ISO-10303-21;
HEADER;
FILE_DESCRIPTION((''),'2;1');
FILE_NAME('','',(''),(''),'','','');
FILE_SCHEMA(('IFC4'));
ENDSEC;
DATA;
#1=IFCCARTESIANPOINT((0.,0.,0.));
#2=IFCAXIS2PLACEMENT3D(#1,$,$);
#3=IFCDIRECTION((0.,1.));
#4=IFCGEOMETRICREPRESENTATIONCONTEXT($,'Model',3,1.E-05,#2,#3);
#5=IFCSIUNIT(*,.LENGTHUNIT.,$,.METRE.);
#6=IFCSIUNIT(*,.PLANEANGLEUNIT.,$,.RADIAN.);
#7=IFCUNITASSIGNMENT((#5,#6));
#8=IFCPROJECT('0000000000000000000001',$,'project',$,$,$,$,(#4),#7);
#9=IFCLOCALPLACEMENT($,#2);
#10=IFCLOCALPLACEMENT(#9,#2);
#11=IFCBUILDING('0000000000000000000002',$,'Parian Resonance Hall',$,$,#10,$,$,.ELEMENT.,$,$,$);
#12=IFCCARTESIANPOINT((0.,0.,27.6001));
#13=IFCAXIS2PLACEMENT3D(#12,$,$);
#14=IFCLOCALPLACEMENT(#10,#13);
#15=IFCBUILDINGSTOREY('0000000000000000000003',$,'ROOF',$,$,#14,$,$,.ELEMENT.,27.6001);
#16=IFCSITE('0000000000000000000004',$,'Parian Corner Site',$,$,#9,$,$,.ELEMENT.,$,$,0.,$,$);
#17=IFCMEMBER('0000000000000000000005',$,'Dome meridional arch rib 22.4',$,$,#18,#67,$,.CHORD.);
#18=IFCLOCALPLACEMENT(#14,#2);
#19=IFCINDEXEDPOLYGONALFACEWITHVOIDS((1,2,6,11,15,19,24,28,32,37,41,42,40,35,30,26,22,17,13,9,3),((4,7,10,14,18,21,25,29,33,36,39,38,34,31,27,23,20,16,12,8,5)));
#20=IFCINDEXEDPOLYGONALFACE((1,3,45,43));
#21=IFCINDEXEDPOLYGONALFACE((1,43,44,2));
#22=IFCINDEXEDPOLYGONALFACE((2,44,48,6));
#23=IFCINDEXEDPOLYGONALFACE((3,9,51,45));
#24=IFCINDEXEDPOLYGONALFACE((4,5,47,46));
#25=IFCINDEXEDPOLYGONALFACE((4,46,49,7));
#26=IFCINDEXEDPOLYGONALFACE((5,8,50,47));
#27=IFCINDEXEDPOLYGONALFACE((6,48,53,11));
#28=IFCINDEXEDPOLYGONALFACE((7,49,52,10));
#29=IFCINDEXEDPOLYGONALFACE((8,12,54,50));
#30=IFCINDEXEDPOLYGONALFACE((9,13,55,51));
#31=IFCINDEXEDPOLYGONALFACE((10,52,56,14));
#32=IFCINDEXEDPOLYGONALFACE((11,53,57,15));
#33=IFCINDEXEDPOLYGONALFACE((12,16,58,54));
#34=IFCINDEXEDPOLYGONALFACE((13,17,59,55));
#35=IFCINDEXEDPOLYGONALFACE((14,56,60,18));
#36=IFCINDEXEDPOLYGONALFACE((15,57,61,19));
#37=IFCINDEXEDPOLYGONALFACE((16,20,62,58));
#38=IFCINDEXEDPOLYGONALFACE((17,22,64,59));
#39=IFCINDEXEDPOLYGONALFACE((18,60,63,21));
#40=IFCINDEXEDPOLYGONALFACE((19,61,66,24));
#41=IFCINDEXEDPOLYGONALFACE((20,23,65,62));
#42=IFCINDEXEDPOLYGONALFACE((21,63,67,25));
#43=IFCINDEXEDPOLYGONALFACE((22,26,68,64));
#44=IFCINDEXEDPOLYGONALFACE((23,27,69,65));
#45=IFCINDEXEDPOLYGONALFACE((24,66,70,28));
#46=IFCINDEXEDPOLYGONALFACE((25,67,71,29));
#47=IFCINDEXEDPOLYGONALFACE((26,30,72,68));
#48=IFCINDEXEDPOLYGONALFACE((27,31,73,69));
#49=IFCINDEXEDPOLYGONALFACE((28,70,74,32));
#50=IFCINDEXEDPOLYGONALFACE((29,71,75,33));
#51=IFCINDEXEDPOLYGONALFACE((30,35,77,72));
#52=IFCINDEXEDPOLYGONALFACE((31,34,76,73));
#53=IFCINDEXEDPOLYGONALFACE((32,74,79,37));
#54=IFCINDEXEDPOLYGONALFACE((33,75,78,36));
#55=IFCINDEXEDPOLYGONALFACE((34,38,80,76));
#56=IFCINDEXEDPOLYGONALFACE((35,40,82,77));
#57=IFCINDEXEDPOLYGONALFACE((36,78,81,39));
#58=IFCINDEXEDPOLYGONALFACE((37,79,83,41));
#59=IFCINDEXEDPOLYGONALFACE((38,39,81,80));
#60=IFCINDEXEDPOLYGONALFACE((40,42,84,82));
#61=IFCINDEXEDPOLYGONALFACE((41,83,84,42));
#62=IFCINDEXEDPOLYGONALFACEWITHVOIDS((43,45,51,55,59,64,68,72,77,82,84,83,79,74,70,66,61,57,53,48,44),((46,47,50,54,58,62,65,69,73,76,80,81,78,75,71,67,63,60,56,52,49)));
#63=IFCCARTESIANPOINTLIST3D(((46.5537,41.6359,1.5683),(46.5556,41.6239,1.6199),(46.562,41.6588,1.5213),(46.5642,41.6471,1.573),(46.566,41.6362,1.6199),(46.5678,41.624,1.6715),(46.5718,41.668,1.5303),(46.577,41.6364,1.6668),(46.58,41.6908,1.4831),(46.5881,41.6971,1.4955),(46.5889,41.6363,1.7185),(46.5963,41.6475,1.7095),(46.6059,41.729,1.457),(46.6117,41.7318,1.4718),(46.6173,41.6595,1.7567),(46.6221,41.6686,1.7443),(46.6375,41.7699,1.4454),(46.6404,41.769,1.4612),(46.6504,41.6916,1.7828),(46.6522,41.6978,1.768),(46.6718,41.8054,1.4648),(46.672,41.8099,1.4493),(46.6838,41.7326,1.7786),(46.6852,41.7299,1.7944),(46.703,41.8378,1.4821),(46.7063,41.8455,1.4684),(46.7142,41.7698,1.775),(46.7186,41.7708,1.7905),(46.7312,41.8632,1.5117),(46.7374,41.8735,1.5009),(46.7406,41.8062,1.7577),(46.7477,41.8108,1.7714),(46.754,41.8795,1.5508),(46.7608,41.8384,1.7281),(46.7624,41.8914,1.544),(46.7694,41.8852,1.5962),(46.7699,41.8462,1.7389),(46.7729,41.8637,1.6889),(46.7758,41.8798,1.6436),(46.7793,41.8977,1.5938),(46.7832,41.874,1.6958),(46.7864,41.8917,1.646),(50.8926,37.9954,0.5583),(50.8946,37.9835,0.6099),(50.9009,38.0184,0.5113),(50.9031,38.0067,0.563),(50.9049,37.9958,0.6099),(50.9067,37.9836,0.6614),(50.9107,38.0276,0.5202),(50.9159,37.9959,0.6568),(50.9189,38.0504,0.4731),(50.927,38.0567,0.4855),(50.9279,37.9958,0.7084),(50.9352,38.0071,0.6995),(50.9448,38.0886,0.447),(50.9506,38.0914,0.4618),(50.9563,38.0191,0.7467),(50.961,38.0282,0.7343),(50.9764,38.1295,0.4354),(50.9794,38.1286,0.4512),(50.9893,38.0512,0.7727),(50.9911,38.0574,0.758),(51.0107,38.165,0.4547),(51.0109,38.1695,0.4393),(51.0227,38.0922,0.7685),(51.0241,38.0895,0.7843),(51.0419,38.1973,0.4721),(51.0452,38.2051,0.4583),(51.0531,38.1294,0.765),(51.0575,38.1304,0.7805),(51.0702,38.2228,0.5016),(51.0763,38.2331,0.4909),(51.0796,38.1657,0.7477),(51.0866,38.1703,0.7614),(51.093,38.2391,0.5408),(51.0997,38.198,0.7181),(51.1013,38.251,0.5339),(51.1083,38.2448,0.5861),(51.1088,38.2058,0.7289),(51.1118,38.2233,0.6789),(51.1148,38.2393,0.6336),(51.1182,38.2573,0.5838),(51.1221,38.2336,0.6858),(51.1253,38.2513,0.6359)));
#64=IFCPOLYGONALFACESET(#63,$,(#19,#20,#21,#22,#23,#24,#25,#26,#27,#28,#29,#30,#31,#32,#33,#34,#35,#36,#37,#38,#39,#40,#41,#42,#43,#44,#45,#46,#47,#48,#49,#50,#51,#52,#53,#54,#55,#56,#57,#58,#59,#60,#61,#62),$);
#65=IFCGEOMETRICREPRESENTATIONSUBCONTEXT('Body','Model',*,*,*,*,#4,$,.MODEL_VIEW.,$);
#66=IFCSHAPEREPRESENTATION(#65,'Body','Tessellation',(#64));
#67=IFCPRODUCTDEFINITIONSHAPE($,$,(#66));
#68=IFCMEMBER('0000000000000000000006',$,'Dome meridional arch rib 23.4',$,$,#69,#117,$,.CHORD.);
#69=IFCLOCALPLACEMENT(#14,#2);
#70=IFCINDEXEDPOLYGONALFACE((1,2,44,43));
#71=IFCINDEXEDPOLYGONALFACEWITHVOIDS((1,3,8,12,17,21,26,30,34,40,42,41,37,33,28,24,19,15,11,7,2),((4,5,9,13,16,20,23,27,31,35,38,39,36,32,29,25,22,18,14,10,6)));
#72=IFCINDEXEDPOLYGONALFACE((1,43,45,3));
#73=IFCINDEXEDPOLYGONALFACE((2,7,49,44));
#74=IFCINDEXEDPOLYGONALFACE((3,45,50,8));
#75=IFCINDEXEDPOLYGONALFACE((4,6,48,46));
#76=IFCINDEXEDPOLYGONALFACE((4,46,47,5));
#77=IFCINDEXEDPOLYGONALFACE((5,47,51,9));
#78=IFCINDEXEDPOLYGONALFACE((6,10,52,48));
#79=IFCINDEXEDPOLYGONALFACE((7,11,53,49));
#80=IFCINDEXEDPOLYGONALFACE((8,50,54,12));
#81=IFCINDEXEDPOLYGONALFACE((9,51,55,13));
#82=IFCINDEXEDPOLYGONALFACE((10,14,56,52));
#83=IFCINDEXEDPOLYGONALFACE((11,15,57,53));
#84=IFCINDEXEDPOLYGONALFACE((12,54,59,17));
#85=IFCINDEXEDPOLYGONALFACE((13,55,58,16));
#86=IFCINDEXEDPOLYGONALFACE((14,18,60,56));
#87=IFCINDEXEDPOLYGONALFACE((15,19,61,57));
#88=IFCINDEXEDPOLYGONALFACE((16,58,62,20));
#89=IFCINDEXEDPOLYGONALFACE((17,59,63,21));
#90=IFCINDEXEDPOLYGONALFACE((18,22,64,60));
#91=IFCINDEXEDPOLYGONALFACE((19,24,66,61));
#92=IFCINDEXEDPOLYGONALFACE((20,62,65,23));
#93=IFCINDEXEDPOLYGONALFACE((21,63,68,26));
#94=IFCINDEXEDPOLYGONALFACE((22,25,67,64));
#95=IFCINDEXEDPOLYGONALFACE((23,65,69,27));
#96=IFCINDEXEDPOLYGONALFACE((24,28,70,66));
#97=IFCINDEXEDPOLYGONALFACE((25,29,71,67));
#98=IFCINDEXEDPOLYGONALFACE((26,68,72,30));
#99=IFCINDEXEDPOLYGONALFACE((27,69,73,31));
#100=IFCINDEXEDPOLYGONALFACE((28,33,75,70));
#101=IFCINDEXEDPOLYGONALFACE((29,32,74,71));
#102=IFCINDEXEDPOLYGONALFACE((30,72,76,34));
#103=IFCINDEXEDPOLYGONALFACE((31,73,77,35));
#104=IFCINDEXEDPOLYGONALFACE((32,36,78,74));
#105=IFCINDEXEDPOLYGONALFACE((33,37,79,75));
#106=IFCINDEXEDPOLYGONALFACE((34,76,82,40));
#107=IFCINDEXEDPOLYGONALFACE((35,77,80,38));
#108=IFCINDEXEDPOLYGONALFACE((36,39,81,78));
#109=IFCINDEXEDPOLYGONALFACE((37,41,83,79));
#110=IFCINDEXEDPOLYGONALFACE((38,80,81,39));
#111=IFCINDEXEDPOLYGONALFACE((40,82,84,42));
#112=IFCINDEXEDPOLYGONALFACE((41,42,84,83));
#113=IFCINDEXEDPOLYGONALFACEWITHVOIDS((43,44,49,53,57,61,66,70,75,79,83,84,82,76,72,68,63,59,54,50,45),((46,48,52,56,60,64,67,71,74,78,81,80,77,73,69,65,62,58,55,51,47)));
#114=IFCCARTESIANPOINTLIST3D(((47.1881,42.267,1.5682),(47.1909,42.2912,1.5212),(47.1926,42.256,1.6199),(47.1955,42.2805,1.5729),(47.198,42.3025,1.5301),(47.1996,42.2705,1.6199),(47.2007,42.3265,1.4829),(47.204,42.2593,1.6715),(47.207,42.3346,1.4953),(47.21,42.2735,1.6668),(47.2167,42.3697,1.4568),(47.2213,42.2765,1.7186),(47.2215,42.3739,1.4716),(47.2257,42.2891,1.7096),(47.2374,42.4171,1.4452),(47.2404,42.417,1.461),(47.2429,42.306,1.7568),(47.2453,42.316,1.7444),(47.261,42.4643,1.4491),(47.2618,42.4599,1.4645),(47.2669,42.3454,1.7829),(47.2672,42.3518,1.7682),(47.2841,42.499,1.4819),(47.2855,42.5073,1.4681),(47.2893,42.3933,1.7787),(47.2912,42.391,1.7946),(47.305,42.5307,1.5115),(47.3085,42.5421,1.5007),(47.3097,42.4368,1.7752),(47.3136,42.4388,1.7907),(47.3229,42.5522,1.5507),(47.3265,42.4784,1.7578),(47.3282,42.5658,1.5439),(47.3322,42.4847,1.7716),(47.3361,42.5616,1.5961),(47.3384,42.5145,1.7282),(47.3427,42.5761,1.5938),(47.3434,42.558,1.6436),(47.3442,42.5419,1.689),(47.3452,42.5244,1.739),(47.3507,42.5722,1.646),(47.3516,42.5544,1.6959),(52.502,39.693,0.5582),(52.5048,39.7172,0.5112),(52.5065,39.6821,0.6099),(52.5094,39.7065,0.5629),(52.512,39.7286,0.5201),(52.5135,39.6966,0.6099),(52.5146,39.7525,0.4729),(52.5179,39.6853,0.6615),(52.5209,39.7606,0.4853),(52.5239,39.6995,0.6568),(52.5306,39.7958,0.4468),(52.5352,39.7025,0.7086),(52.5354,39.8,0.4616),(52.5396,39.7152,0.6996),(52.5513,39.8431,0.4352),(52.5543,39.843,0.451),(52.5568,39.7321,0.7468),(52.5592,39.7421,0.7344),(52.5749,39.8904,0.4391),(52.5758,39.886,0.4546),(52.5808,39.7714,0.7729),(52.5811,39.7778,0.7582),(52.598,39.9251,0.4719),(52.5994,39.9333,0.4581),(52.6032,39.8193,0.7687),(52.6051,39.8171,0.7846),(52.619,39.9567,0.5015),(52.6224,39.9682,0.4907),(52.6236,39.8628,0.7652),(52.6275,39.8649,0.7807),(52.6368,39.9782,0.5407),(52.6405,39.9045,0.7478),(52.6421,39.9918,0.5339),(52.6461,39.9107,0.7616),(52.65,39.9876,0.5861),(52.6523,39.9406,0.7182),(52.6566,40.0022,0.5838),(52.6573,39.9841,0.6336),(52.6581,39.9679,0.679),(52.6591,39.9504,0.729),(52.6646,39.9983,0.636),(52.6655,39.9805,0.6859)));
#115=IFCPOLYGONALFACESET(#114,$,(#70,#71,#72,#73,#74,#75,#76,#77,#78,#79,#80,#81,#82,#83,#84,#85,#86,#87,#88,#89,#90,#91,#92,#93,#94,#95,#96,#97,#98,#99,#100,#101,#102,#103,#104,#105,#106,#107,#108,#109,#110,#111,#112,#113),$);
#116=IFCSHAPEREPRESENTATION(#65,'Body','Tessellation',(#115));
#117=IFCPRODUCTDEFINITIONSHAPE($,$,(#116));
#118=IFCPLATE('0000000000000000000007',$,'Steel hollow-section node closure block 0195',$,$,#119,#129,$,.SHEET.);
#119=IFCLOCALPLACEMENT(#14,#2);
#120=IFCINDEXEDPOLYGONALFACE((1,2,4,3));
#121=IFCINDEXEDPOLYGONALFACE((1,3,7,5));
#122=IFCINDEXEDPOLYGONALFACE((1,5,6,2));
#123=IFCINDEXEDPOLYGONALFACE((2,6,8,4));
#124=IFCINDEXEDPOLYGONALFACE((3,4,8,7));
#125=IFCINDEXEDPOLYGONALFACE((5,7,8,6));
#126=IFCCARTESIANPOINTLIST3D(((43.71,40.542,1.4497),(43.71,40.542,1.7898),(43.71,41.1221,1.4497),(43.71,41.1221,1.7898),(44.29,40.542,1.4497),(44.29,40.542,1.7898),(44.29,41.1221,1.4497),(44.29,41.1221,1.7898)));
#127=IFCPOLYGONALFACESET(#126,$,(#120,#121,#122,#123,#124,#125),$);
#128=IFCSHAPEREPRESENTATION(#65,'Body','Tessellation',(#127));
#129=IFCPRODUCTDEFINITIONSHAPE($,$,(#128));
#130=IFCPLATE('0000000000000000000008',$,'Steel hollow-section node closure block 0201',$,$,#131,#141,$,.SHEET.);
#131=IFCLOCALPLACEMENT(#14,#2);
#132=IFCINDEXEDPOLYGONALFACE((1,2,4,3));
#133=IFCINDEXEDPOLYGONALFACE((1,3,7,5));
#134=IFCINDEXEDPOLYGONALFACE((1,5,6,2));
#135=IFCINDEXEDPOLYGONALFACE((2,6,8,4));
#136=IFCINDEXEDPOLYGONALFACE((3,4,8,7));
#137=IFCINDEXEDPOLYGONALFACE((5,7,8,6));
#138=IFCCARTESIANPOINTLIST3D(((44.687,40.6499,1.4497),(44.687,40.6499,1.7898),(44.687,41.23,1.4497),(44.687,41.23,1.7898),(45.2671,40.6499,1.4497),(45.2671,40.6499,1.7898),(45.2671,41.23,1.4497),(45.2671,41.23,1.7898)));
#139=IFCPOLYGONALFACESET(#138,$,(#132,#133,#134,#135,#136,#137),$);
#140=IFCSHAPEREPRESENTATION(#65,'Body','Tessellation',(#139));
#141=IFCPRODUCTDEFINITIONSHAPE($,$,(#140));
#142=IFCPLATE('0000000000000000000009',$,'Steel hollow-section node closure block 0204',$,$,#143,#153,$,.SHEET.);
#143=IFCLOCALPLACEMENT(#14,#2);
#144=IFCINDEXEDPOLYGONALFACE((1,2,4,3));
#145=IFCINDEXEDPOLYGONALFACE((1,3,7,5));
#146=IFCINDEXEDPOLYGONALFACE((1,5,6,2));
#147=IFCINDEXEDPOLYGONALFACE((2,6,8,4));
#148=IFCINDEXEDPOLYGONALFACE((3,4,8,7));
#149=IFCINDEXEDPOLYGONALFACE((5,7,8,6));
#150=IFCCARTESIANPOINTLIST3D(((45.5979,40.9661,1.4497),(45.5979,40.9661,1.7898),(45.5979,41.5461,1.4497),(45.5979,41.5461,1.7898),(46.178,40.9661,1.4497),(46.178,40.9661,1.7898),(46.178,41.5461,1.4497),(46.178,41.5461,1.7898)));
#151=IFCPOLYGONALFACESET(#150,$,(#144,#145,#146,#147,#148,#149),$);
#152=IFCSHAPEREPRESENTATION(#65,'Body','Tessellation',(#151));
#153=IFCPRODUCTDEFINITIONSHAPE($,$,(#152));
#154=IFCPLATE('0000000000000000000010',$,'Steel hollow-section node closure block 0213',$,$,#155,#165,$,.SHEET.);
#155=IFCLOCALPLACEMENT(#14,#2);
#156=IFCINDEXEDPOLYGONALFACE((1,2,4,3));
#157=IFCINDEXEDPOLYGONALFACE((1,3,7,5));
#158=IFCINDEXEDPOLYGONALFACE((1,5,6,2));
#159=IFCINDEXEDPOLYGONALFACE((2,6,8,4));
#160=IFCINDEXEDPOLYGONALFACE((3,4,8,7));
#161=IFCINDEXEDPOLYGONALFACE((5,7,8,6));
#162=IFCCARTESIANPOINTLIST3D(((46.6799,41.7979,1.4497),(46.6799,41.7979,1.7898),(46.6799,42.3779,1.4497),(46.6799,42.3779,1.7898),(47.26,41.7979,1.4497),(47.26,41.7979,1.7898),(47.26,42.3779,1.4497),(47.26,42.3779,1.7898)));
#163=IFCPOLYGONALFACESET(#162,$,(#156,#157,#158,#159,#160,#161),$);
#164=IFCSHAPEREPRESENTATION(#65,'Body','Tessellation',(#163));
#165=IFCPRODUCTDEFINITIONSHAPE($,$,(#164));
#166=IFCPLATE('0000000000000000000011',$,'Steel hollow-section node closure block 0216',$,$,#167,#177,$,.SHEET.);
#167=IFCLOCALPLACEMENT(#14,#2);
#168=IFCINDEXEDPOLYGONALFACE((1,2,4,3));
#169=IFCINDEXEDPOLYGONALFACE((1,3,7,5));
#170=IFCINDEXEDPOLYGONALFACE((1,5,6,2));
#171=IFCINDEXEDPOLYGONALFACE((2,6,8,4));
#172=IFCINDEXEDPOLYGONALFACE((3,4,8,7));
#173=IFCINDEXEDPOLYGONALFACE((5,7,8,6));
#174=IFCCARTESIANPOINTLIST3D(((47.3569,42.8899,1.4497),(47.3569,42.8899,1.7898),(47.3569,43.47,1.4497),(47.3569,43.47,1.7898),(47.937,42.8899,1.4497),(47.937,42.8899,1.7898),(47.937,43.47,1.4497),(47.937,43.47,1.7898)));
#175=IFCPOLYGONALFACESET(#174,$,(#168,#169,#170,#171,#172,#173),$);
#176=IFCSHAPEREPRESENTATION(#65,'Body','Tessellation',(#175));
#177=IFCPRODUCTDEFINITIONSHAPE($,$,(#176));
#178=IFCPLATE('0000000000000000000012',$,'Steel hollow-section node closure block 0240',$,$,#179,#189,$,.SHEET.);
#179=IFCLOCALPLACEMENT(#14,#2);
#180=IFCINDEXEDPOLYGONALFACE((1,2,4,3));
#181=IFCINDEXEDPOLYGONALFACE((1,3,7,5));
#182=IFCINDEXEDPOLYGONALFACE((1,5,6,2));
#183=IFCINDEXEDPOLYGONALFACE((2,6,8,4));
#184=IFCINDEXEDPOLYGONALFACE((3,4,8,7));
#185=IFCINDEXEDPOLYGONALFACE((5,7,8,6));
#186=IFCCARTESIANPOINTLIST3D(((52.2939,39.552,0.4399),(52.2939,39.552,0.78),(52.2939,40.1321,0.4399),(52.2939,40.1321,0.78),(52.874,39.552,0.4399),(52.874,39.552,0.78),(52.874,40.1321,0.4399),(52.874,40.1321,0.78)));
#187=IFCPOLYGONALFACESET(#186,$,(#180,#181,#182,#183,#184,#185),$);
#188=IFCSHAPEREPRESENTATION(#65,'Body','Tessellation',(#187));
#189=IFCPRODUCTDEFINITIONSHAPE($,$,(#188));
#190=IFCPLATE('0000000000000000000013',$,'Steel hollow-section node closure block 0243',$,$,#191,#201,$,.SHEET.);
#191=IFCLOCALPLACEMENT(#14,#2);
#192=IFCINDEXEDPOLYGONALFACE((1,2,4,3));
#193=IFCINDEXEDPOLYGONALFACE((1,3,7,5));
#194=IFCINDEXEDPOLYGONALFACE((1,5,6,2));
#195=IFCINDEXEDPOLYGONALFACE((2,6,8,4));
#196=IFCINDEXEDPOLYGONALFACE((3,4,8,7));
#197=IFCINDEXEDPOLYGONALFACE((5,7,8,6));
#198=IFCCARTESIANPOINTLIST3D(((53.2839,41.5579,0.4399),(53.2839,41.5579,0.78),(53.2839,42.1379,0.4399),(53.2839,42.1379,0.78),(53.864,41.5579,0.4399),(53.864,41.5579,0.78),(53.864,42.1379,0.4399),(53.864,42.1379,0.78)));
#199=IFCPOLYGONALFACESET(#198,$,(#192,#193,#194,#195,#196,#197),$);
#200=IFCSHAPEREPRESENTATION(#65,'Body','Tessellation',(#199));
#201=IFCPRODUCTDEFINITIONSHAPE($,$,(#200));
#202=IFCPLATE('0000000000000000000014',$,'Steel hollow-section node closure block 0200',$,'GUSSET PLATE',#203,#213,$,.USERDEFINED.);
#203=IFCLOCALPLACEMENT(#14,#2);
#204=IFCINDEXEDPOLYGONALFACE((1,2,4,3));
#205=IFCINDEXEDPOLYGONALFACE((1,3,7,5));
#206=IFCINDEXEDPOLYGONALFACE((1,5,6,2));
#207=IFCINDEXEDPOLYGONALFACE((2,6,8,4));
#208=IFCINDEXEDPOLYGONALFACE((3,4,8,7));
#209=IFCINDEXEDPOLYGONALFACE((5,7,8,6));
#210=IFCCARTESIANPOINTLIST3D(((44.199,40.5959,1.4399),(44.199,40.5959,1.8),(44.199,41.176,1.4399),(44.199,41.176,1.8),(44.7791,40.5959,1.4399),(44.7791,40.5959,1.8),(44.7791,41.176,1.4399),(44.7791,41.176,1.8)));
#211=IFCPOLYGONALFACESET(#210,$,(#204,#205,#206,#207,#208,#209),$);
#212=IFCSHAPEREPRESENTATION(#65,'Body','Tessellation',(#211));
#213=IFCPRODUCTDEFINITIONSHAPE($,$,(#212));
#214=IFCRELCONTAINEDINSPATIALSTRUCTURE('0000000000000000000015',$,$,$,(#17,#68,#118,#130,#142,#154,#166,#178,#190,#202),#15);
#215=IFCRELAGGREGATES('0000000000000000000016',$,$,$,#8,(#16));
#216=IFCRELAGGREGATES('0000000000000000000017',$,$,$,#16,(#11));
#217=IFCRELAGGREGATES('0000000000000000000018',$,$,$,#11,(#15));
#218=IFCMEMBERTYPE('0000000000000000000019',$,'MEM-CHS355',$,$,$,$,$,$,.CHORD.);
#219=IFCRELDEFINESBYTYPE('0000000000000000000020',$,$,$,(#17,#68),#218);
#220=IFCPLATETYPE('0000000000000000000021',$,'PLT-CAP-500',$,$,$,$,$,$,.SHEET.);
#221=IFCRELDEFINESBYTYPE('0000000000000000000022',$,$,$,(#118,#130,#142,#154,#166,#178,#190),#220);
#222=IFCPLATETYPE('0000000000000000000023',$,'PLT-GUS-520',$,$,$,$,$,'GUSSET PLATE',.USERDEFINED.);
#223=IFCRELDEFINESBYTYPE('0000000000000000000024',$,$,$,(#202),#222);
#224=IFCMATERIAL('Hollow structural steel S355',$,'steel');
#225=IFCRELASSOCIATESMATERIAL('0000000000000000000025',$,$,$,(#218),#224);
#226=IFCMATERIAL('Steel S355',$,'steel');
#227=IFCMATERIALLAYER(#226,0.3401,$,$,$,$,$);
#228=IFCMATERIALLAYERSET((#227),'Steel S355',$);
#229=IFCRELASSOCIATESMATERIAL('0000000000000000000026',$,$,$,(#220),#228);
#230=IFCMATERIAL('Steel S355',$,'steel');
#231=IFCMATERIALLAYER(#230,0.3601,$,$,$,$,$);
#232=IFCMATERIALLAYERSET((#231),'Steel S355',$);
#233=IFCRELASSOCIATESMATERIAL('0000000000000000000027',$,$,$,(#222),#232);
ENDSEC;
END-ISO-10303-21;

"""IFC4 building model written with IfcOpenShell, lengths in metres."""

from ifc_helpers import new_model, si_unit, direction, frame, origin, origin_2d, place, context, subcontext, project, spatial, rectangle, hollow_circle, extrude, material, layer, layer_set, material_profile, profile_set, type_object, element, save


model = new_model("IFC4")

# Units and contexts
model_context = context("Model", 3, precision=1e-05, world=origin(), true_north=direction((0.0, 1.0)))
body_context = subcontext(model_context, "Body", "Model", "MODEL_VIEW")
ifc_project = project(units=[si_unit("LENGTHUNIT", "METRE"), si_unit("PLANEANGLEUNIT", "RADIAN")], contexts=[model_context])

# Site, building, storey
site_placement = place(None, origin())
site = spatial("IfcSite", under=ifc_project, at=site_placement, Name="Parian Corner Site", CompositionType="ELEMENT", RefElevation=0.0)
building_placement = place(site_placement, origin())
building = spatial("IfcBuilding", under=site, at=building_placement, Name="Parian Resonance Hall", CompositionType="ELEMENT")
storey_placement = place(building_placement, frame((0.0, 0.0, 27.6001)))
storey = spatial("IfcBuildingStorey", under=building, at=storey_placement, Name="ROOF", CompositionType="ELEMENT", Elevation=27.6001)

# Members
ifc_material_1 = material(Name="Hollow structural steel S355", Category="steel")
ifc_material_profile_1 = material_profile(ifc_material_1, hollow_circle(Radius=0.1777, WallThickness=0.0161, at=origin_2d()), Name="CHS355.6x16")
ifc_profile_set_1 = profile_set([ifc_material_profile_1], Name="Hollow structural steel S355")
member_type_1 = type_object("IfcMemberType", Name="MEM-CHS355", PredefinedType="CHORD", material=ifc_profile_set_1)
member_1_placement = place(storey_placement, frame((51.0088, 38.1196, 0.6099), z_axis=(-0.754178, 0.632768, 0.175559), x_axis=(-0.64275, -0.766076, 0.0)))
element("IfcMember", 1, at=member_1_placement, inside=storey, type_object=member_type_1, Name="Dome meridional arch rib 22.4", PredefinedType="CHORD", context=body_context, shape_type="SweptSolid", body=[
    extrude(hollow_circle(Radius=0.1777, WallThickness=0.0161, at=origin_2d()), origin(), (0.0, 0.0, 1.0), 5.7532),
])
member_2_placement = place(storey_placement, frame((52.584, 39.842, 0.6099), z_axis=(-0.887095, 0.42969, 0.168608), x_axis=(-0.435932, -0.89998, 0.0)))
element("IfcMember", 2, at=member_2_placement, inside=storey, type_object=member_type_1, Name="Dome meridional arch rib 23.4", PredefinedType="CHORD", context=body_context, shape_type="SweptSolid", body=[
    extrude(hollow_circle(Radius=0.1777, WallThickness=0.0161, at=origin_2d()), origin(), (0.0, 0.0, 1.0), 5.9902),
])

# Plates
ifc_material_2 = material(Name="Steel S355", Category="steel")
ifc_layer_1 = layer(ifc_material_2, 0.3401)
ifc_layer_set_1 = layer_set([ifc_layer_1], Name="Steel S355")
plate_type_1 = type_object("IfcPlateType", Name="PLT-CAP-500", PredefinedType="SHEET", material=ifc_layer_set_1)
for number, where, z_axis, x_axis, name in (
    (3, (44.0, 40.832, 1.4497), (0.0, 0.0, 1.0), (1.0, 0.0, 0.0), "Steel hollow-section node closure block 0195"),
    (4, (44.9771, 40.9399, 1.4497), (0.0, 0.0, 1.0), (1.0, 0.0, 0.0), "Steel hollow-section node closure block 0201"),
    (5, (45.8879, 41.2561, 1.4497), (0.0, 0.0, 1.0), (1.0, 0.0, 0.0), "Steel hollow-section node closure block 0204"),
    (6, (46.97, 42.0879, 1.4497), (0.0, 0.0, 1.0), (1.0, 0.0, 0.0), "Steel hollow-section node closure block 0213"),
    (7, (47.647, 43.1799, 1.4497), (0.0, 0.0, 1.0), (1.0, 0.0, 0.0), "Steel hollow-section node closure block 0216"),
    (8, (52.584, 39.842, 0.4399), (0.0, 0.0, 1.0), (1.0, 0.0, 0.0), "Steel hollow-section node closure block 0240"),
    (9, (53.574, 41.8479, 0.4399), (0.0, 0.0, 1.0), (1.0, 0.0, 0.0), "Steel hollow-section node closure block 0243"),
):
    element("IfcPlate", number, at=place(storey_placement, frame(where, z_axis=z_axis, x_axis=x_axis)), inside=storey, type_object=plate_type_1, Name=name, PredefinedType="SHEET", context=body_context, shape_type="SweptSolid", body=[
        extrude(rectangle(XDim=0.5801, YDim=0.5801, at=origin_2d()), origin(), (0.0, 0.0, 1.0), 0.3401),
    ])
ifc_material_3 = material(Name="Steel S355", Category="steel")
ifc_layer_2 = layer(ifc_material_3, 0.3601)
ifc_layer_set_2 = layer_set([ifc_layer_2], Name="Steel S355")
plate_type_2 = type_object("IfcPlateType", Name="PLT-GUS-520", ElementType="GUSSET PLATE", PredefinedType="USERDEFINED", material=ifc_layer_set_2)
for number, where, z_axis, x_axis, name in (
    (10, (44.489, 40.886, 1.4399), (0.0, 0.0, 1.0), (1.0, 0.0, 0.0), "Steel hollow-section node closure block 0200"),
):
    element("IfcPlate", number, at=place(storey_placement, frame(where, z_axis=z_axis, x_axis=x_axis)), inside=storey, type_object=plate_type_2, Name=name, ObjectType="GUSSET PLATE", PredefinedType="USERDEFINED", context=body_context, shape_type="SweptSolid", body=[
        extrude(rectangle(XDim=0.5801, YDim=0.5801, at=origin_2d()), origin(), (0.0, 0.0, 1.0), 0.3601),
    ])

save(model, "model.ifc")
